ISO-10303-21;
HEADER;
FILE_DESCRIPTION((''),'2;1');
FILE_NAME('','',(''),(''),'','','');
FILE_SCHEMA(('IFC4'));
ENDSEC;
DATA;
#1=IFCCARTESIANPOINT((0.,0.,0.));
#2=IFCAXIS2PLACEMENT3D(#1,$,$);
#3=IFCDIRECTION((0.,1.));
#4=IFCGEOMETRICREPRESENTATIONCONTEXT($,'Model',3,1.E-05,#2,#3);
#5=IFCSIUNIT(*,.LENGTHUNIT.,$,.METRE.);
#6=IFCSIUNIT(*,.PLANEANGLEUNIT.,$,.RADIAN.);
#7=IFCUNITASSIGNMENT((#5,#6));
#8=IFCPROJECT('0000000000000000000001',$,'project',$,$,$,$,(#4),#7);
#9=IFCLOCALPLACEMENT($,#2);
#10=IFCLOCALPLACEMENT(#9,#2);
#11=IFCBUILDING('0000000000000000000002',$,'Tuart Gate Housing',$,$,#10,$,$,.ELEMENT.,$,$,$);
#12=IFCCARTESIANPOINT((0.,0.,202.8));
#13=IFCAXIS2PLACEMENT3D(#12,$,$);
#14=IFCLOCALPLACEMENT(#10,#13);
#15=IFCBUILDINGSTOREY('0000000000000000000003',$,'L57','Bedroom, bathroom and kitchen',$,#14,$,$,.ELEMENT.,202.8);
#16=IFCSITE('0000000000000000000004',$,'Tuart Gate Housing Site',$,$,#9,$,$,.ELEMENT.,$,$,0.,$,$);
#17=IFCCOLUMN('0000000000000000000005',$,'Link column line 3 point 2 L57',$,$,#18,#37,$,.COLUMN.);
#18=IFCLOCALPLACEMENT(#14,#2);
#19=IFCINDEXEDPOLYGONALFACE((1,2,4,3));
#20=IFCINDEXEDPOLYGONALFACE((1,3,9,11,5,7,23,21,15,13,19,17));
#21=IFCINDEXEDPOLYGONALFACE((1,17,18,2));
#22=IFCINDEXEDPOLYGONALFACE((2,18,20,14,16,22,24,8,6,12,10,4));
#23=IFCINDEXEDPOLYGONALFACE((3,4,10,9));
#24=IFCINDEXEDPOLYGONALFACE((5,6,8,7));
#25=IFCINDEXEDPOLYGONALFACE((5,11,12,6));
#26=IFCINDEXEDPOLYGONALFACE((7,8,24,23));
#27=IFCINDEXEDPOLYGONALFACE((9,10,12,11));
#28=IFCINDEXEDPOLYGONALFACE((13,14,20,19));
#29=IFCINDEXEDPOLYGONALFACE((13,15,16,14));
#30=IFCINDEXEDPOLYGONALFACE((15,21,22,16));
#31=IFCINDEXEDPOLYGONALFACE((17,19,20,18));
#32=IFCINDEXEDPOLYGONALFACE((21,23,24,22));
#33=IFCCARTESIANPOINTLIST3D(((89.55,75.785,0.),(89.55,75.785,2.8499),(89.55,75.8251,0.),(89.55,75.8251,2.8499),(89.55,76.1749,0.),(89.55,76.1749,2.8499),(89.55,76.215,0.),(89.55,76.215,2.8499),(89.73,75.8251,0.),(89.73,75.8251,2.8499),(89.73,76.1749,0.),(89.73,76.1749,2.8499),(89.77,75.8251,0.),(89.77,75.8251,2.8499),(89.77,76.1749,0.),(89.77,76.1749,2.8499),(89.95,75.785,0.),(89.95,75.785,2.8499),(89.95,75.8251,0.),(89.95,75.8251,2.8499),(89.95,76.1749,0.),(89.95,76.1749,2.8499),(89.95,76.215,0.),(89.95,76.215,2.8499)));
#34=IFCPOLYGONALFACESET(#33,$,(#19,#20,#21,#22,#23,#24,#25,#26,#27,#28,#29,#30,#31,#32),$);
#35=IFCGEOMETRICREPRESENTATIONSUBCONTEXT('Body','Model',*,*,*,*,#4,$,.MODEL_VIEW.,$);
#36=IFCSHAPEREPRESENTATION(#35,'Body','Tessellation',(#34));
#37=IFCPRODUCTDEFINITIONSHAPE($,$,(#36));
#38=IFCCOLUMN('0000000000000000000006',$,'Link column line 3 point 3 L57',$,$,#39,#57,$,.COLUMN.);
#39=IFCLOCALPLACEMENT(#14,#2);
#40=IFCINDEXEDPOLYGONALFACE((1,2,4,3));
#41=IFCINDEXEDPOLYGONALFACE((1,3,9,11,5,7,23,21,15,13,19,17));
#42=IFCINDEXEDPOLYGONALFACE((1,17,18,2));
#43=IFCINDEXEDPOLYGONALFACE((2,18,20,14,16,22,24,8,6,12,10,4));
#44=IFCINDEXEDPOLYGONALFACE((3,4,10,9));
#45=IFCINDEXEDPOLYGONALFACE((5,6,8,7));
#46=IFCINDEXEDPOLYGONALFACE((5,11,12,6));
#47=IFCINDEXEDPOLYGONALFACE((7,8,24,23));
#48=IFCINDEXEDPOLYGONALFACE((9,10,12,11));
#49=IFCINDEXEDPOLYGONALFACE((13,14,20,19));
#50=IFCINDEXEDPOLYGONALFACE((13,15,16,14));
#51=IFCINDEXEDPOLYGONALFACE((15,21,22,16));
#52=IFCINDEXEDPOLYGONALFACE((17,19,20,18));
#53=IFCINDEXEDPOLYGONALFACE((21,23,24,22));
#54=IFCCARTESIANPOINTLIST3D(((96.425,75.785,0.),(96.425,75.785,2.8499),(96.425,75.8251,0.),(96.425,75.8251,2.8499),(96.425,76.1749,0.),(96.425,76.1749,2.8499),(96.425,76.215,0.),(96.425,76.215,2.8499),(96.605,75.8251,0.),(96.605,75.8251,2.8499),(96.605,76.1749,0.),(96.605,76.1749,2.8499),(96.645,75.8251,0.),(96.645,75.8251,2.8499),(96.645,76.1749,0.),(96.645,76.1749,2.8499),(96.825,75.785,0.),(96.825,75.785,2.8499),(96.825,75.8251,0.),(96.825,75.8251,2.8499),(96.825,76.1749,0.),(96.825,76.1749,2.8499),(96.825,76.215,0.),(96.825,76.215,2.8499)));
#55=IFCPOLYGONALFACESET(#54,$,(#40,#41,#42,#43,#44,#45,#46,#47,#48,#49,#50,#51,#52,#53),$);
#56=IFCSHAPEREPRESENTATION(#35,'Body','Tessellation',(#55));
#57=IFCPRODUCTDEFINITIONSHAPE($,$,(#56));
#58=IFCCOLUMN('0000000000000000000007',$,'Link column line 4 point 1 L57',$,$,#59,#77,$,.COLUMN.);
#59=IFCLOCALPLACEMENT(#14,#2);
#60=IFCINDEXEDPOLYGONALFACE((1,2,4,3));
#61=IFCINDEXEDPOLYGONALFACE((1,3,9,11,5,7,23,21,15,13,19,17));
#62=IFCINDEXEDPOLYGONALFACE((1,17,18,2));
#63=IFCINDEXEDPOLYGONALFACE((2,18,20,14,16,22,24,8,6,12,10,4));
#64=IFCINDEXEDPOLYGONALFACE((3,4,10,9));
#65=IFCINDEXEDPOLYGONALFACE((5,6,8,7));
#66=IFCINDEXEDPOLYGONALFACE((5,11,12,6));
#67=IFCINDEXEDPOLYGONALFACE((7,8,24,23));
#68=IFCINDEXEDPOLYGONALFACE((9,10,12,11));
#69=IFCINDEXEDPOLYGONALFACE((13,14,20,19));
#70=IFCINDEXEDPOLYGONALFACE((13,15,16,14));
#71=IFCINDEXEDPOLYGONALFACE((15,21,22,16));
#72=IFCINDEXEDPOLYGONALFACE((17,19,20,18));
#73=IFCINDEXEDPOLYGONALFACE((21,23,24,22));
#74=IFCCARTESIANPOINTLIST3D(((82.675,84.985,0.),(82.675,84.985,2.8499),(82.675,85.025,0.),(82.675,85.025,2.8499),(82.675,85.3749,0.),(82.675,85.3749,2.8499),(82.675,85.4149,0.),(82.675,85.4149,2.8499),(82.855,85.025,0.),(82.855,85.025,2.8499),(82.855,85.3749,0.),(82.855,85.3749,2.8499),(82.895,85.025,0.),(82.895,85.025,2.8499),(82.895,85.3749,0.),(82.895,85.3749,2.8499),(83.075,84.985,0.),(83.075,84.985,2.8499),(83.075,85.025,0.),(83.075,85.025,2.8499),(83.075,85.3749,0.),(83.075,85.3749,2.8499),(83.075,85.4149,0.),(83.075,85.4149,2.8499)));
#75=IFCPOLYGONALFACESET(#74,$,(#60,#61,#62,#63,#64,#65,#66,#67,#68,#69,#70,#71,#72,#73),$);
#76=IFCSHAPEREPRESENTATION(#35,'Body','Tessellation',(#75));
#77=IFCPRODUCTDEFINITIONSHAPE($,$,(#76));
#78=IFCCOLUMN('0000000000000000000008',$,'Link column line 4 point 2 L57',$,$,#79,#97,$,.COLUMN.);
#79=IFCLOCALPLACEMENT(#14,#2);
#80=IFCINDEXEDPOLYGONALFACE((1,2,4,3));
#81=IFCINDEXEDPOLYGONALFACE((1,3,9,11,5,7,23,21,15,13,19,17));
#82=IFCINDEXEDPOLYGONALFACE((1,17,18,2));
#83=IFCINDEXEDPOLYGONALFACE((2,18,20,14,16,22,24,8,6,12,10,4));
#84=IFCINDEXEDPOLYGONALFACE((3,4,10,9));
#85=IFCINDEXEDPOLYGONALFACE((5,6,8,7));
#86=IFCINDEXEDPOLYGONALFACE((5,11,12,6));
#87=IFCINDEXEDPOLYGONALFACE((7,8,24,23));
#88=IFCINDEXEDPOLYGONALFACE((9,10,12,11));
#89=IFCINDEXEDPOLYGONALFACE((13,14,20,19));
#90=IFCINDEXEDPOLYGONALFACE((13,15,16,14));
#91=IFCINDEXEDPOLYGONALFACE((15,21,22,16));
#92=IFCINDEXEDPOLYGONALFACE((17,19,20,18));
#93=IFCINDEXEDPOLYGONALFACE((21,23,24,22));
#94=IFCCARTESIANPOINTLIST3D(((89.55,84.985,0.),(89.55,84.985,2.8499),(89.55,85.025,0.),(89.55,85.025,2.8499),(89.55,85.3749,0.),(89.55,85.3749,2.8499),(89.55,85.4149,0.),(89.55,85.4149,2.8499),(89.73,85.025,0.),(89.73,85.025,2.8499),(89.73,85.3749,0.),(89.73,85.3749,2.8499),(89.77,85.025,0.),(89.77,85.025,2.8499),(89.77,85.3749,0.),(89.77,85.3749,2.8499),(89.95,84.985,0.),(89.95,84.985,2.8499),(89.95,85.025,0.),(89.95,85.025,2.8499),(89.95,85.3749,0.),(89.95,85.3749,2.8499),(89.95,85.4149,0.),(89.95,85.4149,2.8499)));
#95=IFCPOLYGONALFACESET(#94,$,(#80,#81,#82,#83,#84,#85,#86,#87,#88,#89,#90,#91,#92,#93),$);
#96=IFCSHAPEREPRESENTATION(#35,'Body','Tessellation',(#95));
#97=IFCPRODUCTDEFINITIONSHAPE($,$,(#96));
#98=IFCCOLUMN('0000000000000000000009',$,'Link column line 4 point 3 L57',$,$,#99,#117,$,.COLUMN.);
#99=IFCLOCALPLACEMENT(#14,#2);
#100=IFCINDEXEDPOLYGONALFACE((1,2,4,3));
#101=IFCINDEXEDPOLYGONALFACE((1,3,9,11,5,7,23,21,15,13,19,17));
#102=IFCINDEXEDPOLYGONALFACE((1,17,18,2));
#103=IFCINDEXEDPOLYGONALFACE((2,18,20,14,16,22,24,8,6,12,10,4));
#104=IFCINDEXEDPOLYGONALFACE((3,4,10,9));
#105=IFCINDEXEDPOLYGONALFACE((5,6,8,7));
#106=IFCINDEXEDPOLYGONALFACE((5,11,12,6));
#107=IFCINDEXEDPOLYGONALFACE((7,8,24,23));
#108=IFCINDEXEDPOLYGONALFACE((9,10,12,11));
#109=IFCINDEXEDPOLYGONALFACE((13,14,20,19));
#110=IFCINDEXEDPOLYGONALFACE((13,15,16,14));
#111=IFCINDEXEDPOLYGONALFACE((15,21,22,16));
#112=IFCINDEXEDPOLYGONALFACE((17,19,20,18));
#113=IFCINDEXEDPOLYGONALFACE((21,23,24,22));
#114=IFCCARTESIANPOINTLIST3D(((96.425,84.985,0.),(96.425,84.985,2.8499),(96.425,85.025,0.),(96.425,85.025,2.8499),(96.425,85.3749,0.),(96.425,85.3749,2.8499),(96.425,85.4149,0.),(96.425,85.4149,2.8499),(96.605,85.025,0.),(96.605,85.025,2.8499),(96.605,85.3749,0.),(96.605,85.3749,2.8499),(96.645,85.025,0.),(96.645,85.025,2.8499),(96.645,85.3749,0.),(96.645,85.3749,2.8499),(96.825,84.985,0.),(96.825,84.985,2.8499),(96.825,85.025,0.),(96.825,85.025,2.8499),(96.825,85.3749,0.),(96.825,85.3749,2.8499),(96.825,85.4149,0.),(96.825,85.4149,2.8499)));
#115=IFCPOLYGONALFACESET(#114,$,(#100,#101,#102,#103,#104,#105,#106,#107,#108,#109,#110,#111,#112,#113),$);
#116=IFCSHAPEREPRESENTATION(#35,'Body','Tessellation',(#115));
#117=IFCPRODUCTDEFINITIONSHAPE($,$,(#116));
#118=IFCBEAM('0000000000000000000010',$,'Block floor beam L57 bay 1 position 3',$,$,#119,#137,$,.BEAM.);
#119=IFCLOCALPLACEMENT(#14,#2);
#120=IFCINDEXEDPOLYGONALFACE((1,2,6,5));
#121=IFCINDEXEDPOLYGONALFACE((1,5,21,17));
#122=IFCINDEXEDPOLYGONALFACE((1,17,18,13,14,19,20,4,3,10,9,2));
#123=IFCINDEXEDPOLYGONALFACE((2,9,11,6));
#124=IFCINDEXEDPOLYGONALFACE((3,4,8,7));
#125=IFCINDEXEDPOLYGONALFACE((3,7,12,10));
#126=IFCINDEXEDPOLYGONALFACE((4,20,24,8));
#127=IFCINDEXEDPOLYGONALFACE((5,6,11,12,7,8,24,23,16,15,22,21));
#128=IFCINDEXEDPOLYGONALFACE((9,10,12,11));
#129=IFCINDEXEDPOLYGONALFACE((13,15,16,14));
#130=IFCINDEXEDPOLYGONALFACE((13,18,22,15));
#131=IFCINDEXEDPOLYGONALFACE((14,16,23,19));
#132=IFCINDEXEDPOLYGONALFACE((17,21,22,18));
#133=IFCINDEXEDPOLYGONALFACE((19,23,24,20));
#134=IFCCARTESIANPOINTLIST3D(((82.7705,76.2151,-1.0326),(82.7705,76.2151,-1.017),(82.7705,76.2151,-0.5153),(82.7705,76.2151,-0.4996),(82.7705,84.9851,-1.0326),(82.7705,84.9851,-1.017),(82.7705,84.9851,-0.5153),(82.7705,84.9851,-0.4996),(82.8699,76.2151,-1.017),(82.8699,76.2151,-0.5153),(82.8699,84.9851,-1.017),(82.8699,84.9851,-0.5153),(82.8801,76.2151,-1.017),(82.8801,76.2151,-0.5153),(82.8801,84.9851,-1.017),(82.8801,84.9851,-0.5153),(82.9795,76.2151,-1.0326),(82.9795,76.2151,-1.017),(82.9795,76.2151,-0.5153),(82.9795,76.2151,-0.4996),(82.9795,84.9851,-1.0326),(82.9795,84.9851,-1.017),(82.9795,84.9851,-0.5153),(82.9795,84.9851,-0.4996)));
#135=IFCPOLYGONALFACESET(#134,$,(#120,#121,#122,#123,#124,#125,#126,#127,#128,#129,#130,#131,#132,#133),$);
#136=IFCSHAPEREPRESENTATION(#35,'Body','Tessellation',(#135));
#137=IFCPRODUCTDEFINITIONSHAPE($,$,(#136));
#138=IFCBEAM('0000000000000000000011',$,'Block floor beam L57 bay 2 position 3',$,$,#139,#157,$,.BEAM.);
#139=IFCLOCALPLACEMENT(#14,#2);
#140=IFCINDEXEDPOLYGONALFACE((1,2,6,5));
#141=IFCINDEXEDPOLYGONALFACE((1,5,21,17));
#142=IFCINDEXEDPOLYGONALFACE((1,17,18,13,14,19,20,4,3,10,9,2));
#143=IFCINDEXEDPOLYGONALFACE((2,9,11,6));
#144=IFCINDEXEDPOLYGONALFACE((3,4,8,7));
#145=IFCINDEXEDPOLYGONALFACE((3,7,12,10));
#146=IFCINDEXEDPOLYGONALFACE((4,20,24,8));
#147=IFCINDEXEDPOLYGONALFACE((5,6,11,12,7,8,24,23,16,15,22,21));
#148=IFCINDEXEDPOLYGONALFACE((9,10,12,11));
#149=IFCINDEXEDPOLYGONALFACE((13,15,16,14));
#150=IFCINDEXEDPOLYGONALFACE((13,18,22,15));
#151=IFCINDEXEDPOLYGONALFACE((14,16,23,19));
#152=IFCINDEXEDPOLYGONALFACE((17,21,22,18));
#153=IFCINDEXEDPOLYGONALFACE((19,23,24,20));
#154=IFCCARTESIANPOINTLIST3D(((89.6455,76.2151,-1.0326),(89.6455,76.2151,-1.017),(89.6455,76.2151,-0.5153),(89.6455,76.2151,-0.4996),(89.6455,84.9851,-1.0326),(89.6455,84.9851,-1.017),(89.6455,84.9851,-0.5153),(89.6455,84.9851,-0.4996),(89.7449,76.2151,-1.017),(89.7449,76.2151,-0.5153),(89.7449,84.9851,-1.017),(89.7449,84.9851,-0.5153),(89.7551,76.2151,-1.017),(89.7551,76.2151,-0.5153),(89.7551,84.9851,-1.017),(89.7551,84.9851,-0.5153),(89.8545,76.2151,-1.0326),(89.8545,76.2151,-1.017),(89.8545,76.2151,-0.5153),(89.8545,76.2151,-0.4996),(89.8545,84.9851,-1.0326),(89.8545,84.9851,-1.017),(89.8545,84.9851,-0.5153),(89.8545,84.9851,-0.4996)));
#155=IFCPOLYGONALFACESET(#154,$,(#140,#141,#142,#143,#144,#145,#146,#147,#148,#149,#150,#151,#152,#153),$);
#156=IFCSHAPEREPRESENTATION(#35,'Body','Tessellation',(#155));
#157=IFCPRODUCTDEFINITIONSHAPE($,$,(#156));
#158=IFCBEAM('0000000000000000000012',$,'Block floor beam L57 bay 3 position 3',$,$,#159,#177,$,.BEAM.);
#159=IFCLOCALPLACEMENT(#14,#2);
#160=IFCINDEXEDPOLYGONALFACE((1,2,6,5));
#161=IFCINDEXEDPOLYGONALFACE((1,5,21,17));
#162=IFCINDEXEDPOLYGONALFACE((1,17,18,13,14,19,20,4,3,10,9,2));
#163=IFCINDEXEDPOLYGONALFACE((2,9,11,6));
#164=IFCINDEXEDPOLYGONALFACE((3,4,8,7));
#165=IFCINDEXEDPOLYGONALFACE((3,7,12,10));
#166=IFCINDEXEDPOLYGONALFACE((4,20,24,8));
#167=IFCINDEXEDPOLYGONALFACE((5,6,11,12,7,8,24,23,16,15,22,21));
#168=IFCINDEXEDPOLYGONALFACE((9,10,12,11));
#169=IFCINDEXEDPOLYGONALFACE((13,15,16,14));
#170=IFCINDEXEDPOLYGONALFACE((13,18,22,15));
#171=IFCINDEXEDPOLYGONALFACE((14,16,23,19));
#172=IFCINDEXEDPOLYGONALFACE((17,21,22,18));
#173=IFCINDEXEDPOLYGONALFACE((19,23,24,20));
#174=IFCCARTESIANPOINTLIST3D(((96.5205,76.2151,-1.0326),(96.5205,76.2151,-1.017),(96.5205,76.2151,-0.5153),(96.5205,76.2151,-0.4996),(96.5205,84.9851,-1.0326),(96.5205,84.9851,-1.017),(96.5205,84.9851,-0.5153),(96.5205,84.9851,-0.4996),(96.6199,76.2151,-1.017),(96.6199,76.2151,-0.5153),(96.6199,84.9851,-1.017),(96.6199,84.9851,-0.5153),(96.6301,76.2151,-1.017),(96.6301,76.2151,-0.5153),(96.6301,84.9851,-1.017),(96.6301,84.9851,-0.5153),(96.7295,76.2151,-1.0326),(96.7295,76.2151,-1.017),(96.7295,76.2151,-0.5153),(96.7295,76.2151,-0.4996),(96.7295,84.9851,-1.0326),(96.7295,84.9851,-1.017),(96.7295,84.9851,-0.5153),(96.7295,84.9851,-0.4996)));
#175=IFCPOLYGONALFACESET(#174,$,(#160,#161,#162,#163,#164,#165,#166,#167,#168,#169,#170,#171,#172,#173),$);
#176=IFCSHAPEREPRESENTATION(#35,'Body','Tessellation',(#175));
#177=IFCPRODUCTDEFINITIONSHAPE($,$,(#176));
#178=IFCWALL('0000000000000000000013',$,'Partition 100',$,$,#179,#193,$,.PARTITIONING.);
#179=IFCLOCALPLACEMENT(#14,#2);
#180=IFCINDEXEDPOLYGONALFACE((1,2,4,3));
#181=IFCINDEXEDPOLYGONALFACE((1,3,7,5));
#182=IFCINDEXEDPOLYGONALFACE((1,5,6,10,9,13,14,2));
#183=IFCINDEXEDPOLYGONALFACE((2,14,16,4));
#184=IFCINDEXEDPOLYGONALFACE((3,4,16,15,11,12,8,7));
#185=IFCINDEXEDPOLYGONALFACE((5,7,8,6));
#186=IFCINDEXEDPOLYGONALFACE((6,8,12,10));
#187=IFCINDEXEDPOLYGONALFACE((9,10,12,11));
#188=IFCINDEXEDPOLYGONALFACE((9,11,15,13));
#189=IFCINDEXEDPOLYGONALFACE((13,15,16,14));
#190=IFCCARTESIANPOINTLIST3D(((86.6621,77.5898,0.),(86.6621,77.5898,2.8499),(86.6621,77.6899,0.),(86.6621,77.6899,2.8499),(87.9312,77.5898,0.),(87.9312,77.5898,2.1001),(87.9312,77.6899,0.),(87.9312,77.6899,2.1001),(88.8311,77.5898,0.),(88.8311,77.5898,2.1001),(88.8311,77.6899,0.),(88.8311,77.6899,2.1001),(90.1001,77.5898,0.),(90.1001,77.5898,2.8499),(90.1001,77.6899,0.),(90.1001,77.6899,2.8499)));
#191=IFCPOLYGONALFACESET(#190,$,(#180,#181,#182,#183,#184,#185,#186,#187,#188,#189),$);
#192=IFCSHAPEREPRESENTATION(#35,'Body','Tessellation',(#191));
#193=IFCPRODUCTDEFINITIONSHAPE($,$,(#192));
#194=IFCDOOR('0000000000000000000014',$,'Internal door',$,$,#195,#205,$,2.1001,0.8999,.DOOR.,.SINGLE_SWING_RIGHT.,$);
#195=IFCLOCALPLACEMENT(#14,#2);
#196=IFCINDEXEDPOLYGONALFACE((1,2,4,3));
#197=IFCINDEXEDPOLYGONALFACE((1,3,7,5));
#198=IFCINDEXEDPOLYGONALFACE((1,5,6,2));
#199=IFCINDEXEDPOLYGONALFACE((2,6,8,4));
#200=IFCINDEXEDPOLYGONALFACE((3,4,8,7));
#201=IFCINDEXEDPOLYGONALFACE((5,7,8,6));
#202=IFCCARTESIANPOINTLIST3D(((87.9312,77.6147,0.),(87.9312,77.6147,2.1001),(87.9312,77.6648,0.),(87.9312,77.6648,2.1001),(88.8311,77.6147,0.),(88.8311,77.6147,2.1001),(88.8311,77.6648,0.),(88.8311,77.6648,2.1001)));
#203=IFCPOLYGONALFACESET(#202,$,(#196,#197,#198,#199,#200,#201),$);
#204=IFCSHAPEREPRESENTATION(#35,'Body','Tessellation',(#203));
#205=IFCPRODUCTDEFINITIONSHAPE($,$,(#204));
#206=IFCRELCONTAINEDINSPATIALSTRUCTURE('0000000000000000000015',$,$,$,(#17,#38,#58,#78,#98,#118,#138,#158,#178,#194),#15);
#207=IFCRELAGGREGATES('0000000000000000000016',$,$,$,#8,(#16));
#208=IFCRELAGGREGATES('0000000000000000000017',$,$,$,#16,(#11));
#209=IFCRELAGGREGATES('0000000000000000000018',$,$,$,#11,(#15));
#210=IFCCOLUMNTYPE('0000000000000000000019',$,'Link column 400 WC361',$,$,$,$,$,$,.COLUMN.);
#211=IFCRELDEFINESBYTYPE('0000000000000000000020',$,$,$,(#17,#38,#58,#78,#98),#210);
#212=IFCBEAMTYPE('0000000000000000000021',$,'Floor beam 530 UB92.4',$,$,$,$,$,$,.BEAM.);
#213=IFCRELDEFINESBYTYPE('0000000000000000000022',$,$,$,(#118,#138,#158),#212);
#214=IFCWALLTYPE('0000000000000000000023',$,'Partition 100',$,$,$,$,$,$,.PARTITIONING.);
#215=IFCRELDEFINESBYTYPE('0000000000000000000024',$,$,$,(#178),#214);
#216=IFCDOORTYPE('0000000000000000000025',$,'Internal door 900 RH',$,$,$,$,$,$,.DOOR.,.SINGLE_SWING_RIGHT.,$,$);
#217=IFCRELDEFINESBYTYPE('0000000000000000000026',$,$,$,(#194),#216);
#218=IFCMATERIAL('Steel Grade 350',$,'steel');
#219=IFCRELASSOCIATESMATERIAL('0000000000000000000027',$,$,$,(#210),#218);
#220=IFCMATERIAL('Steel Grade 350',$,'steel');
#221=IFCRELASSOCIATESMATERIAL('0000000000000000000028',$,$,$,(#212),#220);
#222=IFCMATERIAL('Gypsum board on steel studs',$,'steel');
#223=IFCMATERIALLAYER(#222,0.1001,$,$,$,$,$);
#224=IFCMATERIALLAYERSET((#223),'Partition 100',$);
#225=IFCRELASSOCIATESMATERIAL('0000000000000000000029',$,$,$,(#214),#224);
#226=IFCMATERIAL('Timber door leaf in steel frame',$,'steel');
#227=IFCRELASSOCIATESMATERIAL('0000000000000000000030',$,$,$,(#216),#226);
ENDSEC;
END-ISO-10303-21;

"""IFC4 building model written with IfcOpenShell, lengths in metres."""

from ifc_helpers import new_model, si_unit, direction, frame, frame_2d, origin, origin_2d, place, context, subcontext, project, spatial, rectangle, i_section, extrude, material, layer, layer_set, material_profile, profile_set, type_object, element, fill, save


model = new_model("IFC4")

# Units and contexts
model_context = context("Model", 3, precision=1e-05, world=origin(), true_north=direction((0.0, 1.0)))
body_context = subcontext(model_context, "Body", "Model", "MODEL_VIEW")
ifc_project = project(units=[si_unit("LENGTHUNIT", "METRE"), si_unit("PLANEANGLEUNIT", "RADIAN")], contexts=[model_context])

# Site, building, storey
site_placement = place(None, origin())
site = spatial("IfcSite", under=ifc_project, at=site_placement, Name="Tuart Gate Housing Site", CompositionType="ELEMENT", RefElevation=0.0)
building_placement = place(site_placement, origin())
building = spatial("IfcBuilding", under=site, at=building_placement, Name="Tuart Gate Housing", CompositionType="ELEMENT")
storey_placement = place(building_placement, frame((0.0, 0.0, 202.8)))
storey = spatial("IfcBuildingStorey", under=building, at=storey_placement, Name="L57", Description="Bedroom, bathroom and kitchen", CompositionType="ELEMENT", Elevation=202.8)

# Columns
ifc_material_1 = material(Name="Steel Grade 350", Category="steel")
ifc_material_profile_1 = material_profile(ifc_material_1, i_section(OverallWidth=0.3999, OverallDepth=0.4299, WebThickness=0.04, FlangeThickness=0.04, at=origin_2d()), Name="400WC361")
ifc_profile_set_1 = profile_set([ifc_material_profile_1], Name="Steel Grade 350")
column_type = type_object("IfcColumnType", Name="Link column 400 WC361", PredefinedType="COLUMN", material=ifc_profile_set_1)
for number, where, z_axis, x_axis, name in (
    (1, (89.75, 76.0, 0.0), (0.0, 0.0, 1.0), (1.0, 0.0, 0.0), "Link column line 3 point 2 L57"),
    (2, (96.625, 76.0, 0.0), (0.0, 0.0, 1.0), (1.0, 0.0, 0.0), "Link column line 3 point 3 L57"),
    (3, (82.875, 85.2, 0.0), (0.0, 0.0, 1.0), (1.0, 0.0, 0.0), "Link column line 4 point 1 L57"),
    (4, (89.75, 85.2, 0.0), (0.0, 0.0, 1.0), (1.0, 0.0, 0.0), "Link column line 4 point 2 L57"),
    (5, (96.625, 85.2, 0.0), (0.0, 0.0, 1.0), (1.0, 0.0, 0.0), "Link column line 4 point 3 L57"),
):
    element("IfcColumn", number, at=place(storey_placement, frame(where, z_axis=z_axis, x_axis=x_axis)), inside=storey, type_object=column_type, Name=name, PredefinedType="COLUMN", context=body_context, shape_type="SweptSolid", body=[
        extrude(i_section(OverallWidth=0.3999, OverallDepth=0.4299, WebThickness=0.04, FlangeThickness=0.04, at=origin_2d()), origin(), (0.0, 0.0, 1.0), 2.8499),
    ])

# Beams
ifc_material_2 = material(Name="Steel Grade 350", Category="steel")
ifc_material_profile_2 = material_profile(ifc_material_2, i_section(OverallWidth=0.209, OverallDepth=0.533, WebThickness=0.0103, FlangeThickness=0.0156, at=origin_2d()), Name="530UB92.4")
ifc_profile_set_2 = profile_set([ifc_material_profile_2], Name="Steel Grade 350")
beam_type = type_object("IfcBeamType", Name="Floor beam 530 UB92.4", PredefinedType="BEAM", material=ifc_profile_set_2)
for number, where, z_axis, x_axis, name in (
    (6, (82.875, 76.2151, -0.7661), (0.0, 1.0, 0.0), (-1.0, 0.0, 0.0), "Block floor beam L57 bay 1 position 3"),
    (7, (89.75, 76.2151, -0.7661), (0.0, 1.0, 0.0), (-1.0, 0.0, 0.0), "Block floor beam L57 bay 2 position 3"),
    (8, (96.625, 76.2151, -0.7661), (0.0, 1.0, 0.0), (-1.0, 0.0, 0.0), "Block floor beam L57 bay 3 position 3"),
):
    element("IfcBeam", number, at=place(storey_placement, frame(where, z_axis=z_axis, x_axis=x_axis)), inside=storey, type_object=beam_type, Name=name, PredefinedType="BEAM", context=body_context, shape_type="SweptSolid", body=[
        extrude(i_section(OverallWidth=0.209, OverallDepth=0.533, WebThickness=0.0103, FlangeThickness=0.0156, at=origin_2d()), origin(), (0.0, 0.0, 1.0), 8.77),
    ])

# Wall, opening, door
ifc_material_3 = material(Name="Gypsum board on steel studs", Category="steel")
ifc_layer = layer(ifc_material_3, 0.1001)
ifc_layer_set = layer_set([ifc_layer], Name="Partition 100")
wall_type = type_object("IfcWallType", Name="Partition 100", PredefinedType="PARTITIONING", material=ifc_layer_set)
wall_1_placement = place(storey_placement, frame((86.6621, 77.6399, 0.0), z_axis=(0.0, 0.0, 1.0), x_axis=(1.0, 0.0, 0.0)))
wall_1 = element("IfcWall", 9, at=wall_1_placement, inside=storey, type_object=wall_type, Name="Partition 100", PredefinedType="PARTITIONING", context=body_context, shape_type="SweptSolid", body=[
    extrude(rectangle(XDim=3.438, YDim=0.1001, at=frame_2d((1.719, 0.0))), origin(), (0.0, 0.0, 1.0), 2.8499),
])
opening_1_placement = place(wall_1_placement, frame((1.269, 0.0, 0.0)))
opening_1 = element("IfcOpeningElement", 10, at=opening_1_placement, cuts=wall_1, PredefinedType="OPENING", context=body_context, shape_type="SweptSolid", body=[
    extrude(rectangle(XDim=0.8999, YDim=2.1001, at=frame_2d((0.45, 1.05))), frame((0.0, 0.0601, 0.0), z_axis=(0.0, -1.0, 0.0), x_axis=(1.0, 0.0, 0.0)), (0.0, 0.0, 1.0), 0.1201),
])
ifc_material_4 = material(Name="Timber door leaf in steel frame", Category="steel")
door_type_1 = type_object("IfcDoorType", Name="Internal door 900 RH", OperationType="SINGLE_SWING_RIGHT", PredefinedType="DOOR", material=ifc_material_4)
door_1_placement = place(opening_1_placement, frame((0.8999, 0.0, 0.0), z_axis=(0.0, 0.0, 1.0), x_axis=(-1.0, 0.0, 0.0)))
door_1 = element("IfcDoor", 11, at=door_1_placement, inside=storey, type_object=door_type_1, Name="Internal door", OperationType="SINGLE_SWING_RIGHT", OverallHeight=2.1001, OverallWidth=0.8999, PredefinedType="DOOR", context=body_context, shape_type="SweptSolid", body=[
    extrude(rectangle(XDim=0.8999, YDim=2.1001, at=frame_2d((0.45, 1.05))), frame((0.0, 0.0251, 0.0), z_axis=(0.0, -1.0, 0.0), x_axis=(1.0, 0.0, 0.0)), (0.0, 0.0, 1.0), 0.05),
])
fill(opening_1, door_1)

save(model, "model.ifc")
